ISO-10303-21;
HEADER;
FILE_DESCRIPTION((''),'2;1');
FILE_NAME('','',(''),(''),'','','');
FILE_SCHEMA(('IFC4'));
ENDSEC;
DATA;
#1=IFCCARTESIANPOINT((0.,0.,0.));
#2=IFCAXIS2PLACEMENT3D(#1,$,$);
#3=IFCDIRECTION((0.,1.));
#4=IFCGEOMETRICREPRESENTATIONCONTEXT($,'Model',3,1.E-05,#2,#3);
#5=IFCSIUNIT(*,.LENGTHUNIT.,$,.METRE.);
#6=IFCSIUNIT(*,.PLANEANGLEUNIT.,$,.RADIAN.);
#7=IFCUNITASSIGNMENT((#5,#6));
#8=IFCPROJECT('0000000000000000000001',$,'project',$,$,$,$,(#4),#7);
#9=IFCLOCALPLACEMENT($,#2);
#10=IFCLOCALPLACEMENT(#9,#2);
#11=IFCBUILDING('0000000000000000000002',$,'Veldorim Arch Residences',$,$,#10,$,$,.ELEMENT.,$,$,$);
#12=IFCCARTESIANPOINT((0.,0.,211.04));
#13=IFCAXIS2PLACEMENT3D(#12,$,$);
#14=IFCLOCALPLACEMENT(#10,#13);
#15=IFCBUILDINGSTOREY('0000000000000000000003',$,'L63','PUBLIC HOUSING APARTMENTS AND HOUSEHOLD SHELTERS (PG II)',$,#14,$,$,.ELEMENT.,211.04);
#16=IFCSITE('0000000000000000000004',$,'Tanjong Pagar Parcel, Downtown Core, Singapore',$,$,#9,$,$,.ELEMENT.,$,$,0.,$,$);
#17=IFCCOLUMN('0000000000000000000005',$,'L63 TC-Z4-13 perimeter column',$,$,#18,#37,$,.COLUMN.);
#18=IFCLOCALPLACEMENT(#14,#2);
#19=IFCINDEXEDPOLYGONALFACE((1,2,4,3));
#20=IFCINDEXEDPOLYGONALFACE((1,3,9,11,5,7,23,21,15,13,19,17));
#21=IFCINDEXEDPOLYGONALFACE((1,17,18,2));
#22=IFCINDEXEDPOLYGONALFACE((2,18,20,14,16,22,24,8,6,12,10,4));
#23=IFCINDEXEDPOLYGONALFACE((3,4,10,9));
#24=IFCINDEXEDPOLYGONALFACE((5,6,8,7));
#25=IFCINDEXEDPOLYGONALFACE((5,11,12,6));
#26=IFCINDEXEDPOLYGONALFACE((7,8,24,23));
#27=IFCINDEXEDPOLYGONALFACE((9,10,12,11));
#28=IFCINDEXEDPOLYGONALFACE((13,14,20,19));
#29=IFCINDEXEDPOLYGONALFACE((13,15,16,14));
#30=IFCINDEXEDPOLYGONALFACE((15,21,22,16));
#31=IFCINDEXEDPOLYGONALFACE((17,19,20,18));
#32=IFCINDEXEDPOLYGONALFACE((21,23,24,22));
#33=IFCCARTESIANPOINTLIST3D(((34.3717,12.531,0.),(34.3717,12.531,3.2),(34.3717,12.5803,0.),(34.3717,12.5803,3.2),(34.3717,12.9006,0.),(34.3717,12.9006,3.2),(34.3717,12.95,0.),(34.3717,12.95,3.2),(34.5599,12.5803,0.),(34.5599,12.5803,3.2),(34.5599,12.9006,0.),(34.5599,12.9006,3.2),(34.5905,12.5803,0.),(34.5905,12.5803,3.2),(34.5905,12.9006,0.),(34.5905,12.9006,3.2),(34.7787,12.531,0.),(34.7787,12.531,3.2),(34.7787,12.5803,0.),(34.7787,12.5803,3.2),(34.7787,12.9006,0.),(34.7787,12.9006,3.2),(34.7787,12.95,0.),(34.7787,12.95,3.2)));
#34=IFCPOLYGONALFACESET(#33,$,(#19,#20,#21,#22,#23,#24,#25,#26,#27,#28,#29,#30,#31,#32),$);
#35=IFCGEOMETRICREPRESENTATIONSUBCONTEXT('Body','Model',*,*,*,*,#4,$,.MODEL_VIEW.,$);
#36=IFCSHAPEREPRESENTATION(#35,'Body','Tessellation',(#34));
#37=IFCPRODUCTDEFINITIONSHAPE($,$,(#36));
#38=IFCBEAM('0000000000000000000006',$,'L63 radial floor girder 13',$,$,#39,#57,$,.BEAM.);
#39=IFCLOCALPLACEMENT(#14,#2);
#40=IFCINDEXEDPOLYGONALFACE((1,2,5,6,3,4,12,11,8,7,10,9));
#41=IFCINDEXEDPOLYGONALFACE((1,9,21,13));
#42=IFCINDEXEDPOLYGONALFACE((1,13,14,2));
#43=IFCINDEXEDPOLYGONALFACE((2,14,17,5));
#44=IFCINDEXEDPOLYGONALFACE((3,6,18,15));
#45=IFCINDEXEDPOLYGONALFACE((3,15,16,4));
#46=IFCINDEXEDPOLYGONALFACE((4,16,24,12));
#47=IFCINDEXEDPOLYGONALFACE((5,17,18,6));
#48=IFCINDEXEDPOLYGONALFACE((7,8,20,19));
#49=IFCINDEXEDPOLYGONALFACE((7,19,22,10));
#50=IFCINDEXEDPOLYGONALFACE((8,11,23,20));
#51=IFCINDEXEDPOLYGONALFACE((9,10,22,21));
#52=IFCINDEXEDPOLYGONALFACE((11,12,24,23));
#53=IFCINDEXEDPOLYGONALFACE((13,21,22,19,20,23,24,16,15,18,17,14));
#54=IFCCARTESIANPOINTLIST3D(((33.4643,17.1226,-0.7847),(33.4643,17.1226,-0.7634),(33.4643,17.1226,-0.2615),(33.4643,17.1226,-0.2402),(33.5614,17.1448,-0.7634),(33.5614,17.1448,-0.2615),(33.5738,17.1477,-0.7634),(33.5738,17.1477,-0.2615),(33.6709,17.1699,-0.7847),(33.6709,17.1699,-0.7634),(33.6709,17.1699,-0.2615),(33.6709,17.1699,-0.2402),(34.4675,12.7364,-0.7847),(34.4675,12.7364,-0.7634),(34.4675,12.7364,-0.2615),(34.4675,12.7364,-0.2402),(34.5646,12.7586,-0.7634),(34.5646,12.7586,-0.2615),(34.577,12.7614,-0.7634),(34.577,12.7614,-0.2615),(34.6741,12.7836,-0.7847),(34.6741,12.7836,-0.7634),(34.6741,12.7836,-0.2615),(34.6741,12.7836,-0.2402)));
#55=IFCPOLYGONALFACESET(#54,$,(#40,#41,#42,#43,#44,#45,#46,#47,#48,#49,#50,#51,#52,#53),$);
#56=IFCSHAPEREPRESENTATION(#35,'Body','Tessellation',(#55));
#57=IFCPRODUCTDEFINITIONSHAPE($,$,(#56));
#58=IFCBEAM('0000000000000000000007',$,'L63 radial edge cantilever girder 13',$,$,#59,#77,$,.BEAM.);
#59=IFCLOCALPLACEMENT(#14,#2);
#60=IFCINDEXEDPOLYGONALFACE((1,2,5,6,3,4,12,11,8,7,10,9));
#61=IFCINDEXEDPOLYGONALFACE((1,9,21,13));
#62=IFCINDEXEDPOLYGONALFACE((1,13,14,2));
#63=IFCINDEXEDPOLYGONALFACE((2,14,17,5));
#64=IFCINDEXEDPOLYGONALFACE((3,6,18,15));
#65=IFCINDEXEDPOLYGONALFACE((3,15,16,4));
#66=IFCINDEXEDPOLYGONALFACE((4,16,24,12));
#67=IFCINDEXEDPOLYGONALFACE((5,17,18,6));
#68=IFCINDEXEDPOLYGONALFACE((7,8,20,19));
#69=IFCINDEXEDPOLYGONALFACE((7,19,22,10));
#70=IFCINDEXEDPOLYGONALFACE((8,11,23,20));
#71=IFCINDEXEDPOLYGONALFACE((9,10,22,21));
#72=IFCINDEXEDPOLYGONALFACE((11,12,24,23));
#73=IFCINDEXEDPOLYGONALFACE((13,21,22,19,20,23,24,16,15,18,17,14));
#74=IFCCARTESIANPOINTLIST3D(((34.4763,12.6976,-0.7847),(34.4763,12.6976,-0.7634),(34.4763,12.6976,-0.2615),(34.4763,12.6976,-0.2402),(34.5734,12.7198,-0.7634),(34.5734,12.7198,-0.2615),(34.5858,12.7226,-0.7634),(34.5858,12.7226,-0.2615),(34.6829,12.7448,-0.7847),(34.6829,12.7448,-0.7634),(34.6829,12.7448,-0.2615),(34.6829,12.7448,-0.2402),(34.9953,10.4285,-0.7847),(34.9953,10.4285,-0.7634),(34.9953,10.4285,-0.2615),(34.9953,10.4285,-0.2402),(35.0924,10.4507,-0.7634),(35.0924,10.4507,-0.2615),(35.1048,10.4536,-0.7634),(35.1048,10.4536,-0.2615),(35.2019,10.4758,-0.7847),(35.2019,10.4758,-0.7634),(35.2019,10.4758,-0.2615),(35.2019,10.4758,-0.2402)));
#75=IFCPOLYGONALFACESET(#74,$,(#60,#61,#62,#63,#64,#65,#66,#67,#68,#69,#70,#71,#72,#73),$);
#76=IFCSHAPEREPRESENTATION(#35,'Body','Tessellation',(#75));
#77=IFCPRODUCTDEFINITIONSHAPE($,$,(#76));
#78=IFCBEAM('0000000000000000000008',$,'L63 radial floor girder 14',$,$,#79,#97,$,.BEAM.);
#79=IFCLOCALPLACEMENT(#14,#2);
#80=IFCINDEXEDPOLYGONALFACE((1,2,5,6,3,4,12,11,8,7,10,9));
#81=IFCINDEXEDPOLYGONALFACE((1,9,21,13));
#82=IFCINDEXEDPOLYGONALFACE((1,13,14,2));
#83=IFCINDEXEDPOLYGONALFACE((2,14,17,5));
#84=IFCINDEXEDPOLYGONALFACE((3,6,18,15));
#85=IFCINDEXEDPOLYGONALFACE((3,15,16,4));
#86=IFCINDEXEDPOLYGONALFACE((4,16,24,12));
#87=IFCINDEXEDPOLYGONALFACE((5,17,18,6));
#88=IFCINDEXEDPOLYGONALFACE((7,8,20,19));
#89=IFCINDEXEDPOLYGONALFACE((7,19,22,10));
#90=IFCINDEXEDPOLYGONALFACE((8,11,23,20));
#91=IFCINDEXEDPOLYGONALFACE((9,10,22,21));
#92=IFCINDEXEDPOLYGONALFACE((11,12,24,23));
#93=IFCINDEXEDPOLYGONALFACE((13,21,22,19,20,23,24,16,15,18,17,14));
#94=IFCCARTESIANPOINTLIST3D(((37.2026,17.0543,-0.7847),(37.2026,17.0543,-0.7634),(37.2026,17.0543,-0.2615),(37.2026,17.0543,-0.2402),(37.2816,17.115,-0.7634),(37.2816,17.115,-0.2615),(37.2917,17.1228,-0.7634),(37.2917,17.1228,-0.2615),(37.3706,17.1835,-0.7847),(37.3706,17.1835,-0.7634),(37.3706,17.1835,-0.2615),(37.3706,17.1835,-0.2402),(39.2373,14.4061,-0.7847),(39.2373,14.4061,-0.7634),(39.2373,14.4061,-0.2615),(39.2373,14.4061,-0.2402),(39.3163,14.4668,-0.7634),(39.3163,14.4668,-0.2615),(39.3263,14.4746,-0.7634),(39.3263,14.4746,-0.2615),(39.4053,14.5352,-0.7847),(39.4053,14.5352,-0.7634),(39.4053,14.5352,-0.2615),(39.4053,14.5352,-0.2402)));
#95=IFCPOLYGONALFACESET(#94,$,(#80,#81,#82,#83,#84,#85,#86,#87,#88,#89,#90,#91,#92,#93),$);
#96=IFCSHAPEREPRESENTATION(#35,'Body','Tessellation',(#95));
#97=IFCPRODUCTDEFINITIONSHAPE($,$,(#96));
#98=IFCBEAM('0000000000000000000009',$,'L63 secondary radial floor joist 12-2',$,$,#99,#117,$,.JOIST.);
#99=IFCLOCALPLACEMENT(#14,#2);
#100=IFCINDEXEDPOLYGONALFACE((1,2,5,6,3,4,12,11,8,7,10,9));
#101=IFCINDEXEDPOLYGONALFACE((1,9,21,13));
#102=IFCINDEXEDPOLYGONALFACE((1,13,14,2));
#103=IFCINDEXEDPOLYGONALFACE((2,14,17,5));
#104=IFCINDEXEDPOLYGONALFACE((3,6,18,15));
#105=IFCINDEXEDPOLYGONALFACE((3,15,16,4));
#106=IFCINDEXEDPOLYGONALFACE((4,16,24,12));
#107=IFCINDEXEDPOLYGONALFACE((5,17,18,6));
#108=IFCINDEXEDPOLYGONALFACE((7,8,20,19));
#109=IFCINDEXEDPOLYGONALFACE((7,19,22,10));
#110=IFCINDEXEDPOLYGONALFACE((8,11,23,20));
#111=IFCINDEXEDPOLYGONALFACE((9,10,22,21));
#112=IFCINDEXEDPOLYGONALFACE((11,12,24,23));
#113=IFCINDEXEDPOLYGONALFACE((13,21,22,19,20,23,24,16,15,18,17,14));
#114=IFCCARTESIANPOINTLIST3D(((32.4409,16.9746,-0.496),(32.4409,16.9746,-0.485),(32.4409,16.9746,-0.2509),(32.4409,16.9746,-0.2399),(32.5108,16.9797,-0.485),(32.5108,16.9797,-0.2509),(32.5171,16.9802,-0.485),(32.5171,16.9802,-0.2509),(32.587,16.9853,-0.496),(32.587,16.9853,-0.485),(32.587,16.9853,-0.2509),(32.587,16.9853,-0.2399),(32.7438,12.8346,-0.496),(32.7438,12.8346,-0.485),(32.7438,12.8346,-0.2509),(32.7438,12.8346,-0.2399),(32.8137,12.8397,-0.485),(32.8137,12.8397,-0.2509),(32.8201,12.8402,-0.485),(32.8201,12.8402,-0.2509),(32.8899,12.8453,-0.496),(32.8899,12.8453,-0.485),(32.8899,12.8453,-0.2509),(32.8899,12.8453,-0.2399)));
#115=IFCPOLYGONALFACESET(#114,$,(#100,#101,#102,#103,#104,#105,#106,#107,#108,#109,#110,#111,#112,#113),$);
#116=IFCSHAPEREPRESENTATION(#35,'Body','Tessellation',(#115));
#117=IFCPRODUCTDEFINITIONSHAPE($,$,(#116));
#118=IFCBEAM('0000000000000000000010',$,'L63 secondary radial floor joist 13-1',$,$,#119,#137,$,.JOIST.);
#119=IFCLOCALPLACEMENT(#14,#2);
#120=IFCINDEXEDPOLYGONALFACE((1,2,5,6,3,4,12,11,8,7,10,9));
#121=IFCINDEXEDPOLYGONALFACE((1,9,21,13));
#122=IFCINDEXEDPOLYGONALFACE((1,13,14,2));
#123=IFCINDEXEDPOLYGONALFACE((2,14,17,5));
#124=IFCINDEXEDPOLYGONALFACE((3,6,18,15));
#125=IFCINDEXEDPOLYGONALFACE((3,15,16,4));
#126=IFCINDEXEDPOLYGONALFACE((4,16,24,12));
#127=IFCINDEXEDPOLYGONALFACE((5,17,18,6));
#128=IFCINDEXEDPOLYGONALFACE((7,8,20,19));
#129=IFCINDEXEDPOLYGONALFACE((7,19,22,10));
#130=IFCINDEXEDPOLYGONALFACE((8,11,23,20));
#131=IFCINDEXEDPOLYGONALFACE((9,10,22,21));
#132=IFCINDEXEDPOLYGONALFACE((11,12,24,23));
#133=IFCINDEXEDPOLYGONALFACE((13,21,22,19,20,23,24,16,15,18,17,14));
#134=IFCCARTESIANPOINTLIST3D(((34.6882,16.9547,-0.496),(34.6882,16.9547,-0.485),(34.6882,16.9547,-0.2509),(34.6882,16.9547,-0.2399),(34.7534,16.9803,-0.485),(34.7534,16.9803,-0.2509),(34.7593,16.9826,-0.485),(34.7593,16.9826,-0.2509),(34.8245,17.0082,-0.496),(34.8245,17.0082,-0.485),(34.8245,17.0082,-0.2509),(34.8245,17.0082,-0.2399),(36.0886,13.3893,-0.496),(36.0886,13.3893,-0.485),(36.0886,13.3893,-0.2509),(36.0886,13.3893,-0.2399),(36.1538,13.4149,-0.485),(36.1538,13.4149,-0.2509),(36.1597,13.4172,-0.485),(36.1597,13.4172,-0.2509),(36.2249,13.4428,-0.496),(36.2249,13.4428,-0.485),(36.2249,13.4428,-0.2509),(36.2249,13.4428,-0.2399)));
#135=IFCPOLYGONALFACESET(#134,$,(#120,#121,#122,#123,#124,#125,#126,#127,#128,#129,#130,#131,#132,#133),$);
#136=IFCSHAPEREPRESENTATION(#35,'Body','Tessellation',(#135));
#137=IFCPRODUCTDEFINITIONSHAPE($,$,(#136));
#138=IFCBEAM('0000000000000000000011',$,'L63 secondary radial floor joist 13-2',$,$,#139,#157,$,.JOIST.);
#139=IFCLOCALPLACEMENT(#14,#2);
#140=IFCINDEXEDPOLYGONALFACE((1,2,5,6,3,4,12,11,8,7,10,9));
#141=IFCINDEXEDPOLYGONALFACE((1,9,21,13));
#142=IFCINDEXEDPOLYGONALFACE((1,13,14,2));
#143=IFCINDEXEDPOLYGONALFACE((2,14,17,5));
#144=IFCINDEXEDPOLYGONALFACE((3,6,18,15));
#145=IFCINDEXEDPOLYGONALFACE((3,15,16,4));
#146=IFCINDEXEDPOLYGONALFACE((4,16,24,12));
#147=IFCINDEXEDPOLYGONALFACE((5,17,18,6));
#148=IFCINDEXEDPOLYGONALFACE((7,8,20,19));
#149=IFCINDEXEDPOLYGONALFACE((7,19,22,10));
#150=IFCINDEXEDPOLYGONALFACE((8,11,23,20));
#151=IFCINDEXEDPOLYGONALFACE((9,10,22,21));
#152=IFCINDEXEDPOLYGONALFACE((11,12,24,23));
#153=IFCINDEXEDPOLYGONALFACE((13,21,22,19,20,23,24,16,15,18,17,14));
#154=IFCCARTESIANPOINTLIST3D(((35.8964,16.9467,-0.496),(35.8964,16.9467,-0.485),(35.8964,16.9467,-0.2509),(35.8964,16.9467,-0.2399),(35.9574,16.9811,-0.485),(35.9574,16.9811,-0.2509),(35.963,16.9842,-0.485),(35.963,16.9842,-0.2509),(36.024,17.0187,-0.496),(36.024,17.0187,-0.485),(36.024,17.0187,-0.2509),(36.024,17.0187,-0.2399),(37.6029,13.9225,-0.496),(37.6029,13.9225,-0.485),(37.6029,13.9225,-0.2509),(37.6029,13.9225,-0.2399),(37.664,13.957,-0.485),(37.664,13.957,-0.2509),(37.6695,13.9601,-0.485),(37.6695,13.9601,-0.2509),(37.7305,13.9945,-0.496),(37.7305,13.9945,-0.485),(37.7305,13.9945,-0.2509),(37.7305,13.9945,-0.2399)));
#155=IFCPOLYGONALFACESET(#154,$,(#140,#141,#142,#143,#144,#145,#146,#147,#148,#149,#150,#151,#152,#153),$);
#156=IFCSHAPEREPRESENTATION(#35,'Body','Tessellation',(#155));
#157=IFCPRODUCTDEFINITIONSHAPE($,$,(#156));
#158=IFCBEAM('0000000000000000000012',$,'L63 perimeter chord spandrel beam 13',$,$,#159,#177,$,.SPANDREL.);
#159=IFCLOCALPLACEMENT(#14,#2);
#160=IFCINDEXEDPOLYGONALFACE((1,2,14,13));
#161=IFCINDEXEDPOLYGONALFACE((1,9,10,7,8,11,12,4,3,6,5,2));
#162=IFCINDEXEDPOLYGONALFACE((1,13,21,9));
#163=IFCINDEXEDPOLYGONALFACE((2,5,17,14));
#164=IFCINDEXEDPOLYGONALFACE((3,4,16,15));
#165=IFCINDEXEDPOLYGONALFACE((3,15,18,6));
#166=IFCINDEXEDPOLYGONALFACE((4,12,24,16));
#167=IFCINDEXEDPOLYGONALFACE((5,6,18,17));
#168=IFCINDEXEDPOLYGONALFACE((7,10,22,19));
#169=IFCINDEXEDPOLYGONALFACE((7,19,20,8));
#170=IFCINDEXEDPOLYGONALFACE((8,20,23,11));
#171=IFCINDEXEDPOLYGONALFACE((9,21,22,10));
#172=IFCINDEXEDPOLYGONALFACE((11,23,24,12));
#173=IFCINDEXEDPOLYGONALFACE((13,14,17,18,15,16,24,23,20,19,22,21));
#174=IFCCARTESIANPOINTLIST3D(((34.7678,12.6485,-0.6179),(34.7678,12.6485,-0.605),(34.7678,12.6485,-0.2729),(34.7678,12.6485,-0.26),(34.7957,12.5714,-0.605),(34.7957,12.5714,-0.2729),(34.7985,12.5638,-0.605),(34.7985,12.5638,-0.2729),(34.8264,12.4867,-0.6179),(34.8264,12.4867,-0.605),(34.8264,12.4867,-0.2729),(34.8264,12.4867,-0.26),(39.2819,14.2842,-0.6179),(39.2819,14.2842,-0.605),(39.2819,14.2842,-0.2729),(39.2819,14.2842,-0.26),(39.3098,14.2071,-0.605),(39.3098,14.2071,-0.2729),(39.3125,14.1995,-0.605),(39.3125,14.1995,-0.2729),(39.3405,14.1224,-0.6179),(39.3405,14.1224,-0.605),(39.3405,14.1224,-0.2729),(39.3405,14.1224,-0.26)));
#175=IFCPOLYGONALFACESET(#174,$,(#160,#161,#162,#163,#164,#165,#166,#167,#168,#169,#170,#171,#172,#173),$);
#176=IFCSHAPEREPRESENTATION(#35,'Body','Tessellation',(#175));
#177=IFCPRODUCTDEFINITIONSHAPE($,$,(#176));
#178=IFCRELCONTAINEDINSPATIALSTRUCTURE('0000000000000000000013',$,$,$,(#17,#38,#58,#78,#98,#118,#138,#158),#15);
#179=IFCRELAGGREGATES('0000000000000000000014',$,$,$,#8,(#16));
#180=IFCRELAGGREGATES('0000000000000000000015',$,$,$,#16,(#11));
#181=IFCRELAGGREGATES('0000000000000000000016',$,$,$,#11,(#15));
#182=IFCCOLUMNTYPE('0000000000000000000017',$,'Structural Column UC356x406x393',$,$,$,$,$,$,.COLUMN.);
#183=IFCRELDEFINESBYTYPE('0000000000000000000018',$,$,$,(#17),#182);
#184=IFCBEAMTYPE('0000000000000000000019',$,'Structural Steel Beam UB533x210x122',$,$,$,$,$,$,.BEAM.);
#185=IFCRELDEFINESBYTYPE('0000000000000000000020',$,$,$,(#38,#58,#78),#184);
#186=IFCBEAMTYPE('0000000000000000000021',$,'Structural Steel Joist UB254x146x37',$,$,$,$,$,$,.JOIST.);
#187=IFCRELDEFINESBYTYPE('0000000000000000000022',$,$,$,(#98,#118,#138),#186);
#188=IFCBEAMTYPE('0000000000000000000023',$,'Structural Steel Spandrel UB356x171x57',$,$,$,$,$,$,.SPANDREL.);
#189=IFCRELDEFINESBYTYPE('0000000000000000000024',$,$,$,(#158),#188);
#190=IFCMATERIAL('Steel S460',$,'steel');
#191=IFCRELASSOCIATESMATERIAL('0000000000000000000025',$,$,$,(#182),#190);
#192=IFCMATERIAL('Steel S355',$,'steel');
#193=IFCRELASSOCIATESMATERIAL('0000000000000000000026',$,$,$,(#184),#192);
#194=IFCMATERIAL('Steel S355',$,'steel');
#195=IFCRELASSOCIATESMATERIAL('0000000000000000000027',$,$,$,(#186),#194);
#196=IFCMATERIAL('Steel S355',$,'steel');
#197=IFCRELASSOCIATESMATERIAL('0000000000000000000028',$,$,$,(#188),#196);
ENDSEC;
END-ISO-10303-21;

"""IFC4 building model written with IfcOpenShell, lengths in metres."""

from ifc_helpers import new_model, si_unit, direction, frame, origin, origin_2d, place, context, subcontext, project, spatial, i_section, extrude, material, material_profile, profile_set, type_object, element, save


model = new_model("IFC4")

# Units and contexts
model_context = context("Model", 3, precision=1e-05, world=origin(), true_north=direction((0.0, 1.0)))
body_context = subcontext(model_context, "Body", "Model", "MODEL_VIEW")
ifc_project = project(units=[si_unit("LENGTHUNIT", "METRE"), si_unit("PLANEANGLEUNIT", "RADIAN")], contexts=[model_context])

# Site, building, storey
site_placement = place(None, origin())
site = spatial("IfcSite", under=ifc_project, at=site_placement, Name="Tanjong Pagar Parcel, Downtown Core, Singapore", CompositionType="ELEMENT", RefElevation=0.0)
building_placement = place(site_placement, origin())
building = spatial("IfcBuilding", under=site, at=building_placement, Name="Veldorim Arch Residences", CompositionType="ELEMENT")
storey_placement = place(building_placement, frame((0.0, 0.0, 211.04)))
storey = spatial("IfcBuildingStorey", under=building, at=storey_placement, Name="L63", Description="PUBLIC HOUSING APARTMENTS AND HOUSEHOLD SHELTERS (PG II)", CompositionType="ELEMENT", Elevation=211.04)

# Column
ifc_material_1 = material(Name="Steel S460", Category="steel")
ifc_material_profile_1 = material_profile(ifc_material_1, i_section(OverallWidth=0.407, OverallDepth=0.4189, WebThickness=0.0305, FlangeThickness=0.0493, at=origin_2d()), Name="UC356x406x393")
ifc_profile_set_1 = profile_set([ifc_material_profile_1], Name="Steel S460")
column_type = type_object("IfcColumnType", Name="Structural Column UC356x406x393", PredefinedType="COLUMN", material=ifc_profile_set_1)
column_placement = place(storey_placement, frame((34.5752, 12.7405, 0.0), z_axis=(0.0, 0.0, 1.0), x_axis=(1.0, 0.0, 0.0)))
element("IfcColumn", 1, at=column_placement, inside=storey, type_object=column_type, Name="L63 TC-Z4-13 perimeter column", PredefinedType="COLUMN", context=body_context, shape_type="SweptSolid", body=[
    extrude(i_section(OverallWidth=0.407, OverallDepth=0.4189, WebThickness=0.0305, FlangeThickness=0.0493, at=origin_2d()), origin(), (0.0, 0.0, 1.0), 3.2),
])

# Beams
ifc_material_2 = material(Name="Steel S355", Category="steel")
ifc_material_profile_2 = material_profile(ifc_material_2, i_section(OverallWidth=0.2119, OverallDepth=0.5444, WebThickness=0.0127, FlangeThickness=0.0212, at=origin_2d()), Name="UB533x210x122")
ifc_profile_set_2 = profile_set([ifc_material_profile_2], Name="Steel S355")
beam_type_1 = type_object("IfcBeamType", Name="Structural Steel Beam UB533x210x122", PredefinedType="BEAM", material=ifc_profile_set_2)
beam_1_placement = place(storey_placement, frame((33.5676, 17.1462, -0.5125), z_axis=(0.222953, -0.974829, 0.0), x_axis=(0.974829, 0.222953, 0.0)))
element("IfcBeam", 2, at=beam_1_placement, inside=storey, type_object=beam_type_1, Name="L63 radial floor girder 13", PredefinedType="BEAM", context=body_context, shape_type="SweptSolid", body=[
    extrude(i_section(OverallWidth=0.2119, OverallDepth=0.5444, WebThickness=0.0127, FlangeThickness=0.0212, at=origin_2d()), origin(), (0.0, 0.0, 1.0), 4.4995),
])
beam_2_placement = place(storey_placement, frame((34.5796, 12.7212, -0.5125), z_axis=(0.22299, -0.974821, 0.0), x_axis=(0.974821, 0.22299, 0.0)))
element("IfcBeam", 3, at=beam_2_placement, inside=storey, type_object=beam_type_1, Name="L63 radial edge cantilever girder 13", PredefinedType="BEAM", context=body_context, shape_type="SweptSolid", body=[
    extrude(i_section(OverallWidth=0.2119, OverallDepth=0.5444, WebThickness=0.0127, FlangeThickness=0.0212, at=origin_2d()), origin(), (0.0, 0.0, 1.0), 2.3276),
])
beam_3_placement = place(storey_placement, frame((37.2866, 17.1189, -0.5125), z_axis=(0.609258, -0.792972, 0.0), x_axis=(0.792972, 0.609258, 0.0)))
element("IfcBeam", 4, at=beam_3_placement, inside=storey, type_object=beam_type_1, Name="L63 radial floor girder 14", PredefinedType="BEAM", context=body_context, shape_type="SweptSolid", body=[
    extrude(i_section(OverallWidth=0.2119, OverallDepth=0.5444, WebThickness=0.0127, FlangeThickness=0.0212, at=origin_2d()), origin(), (0.0, 0.0, 1.0), 3.3396),
])
ifc_material_3 = material(Name="Steel S355", Category="steel")
ifc_material_profile_3 = material_profile(ifc_material_3, i_section(OverallWidth=0.1465, OverallDepth=0.2561, WebThickness=0.0063, FlangeThickness=0.011, at=origin_2d()), Name="UB254x146x37")
ifc_profile_set_3 = profile_set([ifc_material_profile_3], Name="Steel S355")
beam_type_2 = type_object("IfcBeamType", Name="Structural Steel Joist UB254x146x37", PredefinedType="JOIST", material=ifc_profile_set_3)
beam_4_placement = place(storey_placement, frame((32.5139, 16.98, -0.3679), z_axis=(0.072986, -0.997333, 0.0), x_axis=(0.997333, 0.072986, 0.0)))
element("IfcBeam", 5, at=beam_4_placement, inside=storey, type_object=beam_type_2, Name="L63 secondary radial floor joist 12-2", PredefinedType="JOIST", context=body_context, shape_type="SweptSolid", body=[
    extrude(i_section(OverallWidth=0.1465, OverallDepth=0.2561, WebThickness=0.0063, FlangeThickness=0.011, at=origin_2d()), origin(), (0.0, 0.0, 1.0), 4.1511),
])
beam_5_placement = place(storey_placement, frame((34.7563, 16.9814, -0.3679), z_axis=(0.365581, -0.930779, 0.0), x_axis=(0.930779, 0.365581, 0.0)))
element("IfcBeam", 6, at=beam_5_placement, inside=storey, type_object=beam_type_2, Name="L63 secondary radial floor joist 13-1", PredefinedType="JOIST", context=body_context, shape_type="SweptSolid", body=[
    extrude(i_section(OverallWidth=0.1465, OverallDepth=0.2561, WebThickness=0.0063, FlangeThickness=0.011, at=origin_2d()), origin(), (0.0, 0.0, 1.0), 3.8306),
])
beam_6_placement = place(storey_placement, frame((35.9602, 16.9827, -0.3679), z_axis=(0.491452, -0.870904, 0.0), x_axis=(0.870904, 0.491452, 0.0)))
element("IfcBeam", 7, at=beam_6_placement, inside=storey, type_object=beam_type_2, Name="L63 secondary radial floor joist 13-2", PredefinedType="JOIST", context=body_context, shape_type="SweptSolid", body=[
    extrude(i_section(OverallWidth=0.1465, OverallDepth=0.2561, WebThickness=0.0063, FlangeThickness=0.011, at=origin_2d()), origin(), (0.0, 0.0, 1.0), 3.4724),
])
ifc_material_4 = material(Name="Steel S355", Category="steel")
ifc_material_profile_4 = material_profile(ifc_material_4, i_section(OverallWidth=0.1721, OverallDepth=0.3579, WebThickness=0.0081, FlangeThickness=0.0129, at=origin_2d()), Name="UB356x171x57")
ifc_profile_set_4 = profile_set([ifc_material_profile_4], Name="Steel S355")
beam_type_3 = type_object("IfcBeamType", Name="Structural Steel Spandrel UB356x171x57", PredefinedType="SPANDREL", material=ifc_profile_set_4)
beam_7_placement = place(storey_placement, frame((34.7971, 12.5676, -0.439), z_axis=(0.940179, 0.340681, 0.0), x_axis=(-0.340681, 0.940179, 0.0)))
element("IfcBeam", 8, at=beam_7_placement, inside=storey, type_object=beam_type_3, Name="L63 perimeter chord spandrel beam 13", PredefinedType="SPANDREL", context=body_context, shape_type="SweptSolid", body=[
    extrude(i_section(OverallWidth=0.1721, OverallDepth=0.3579, WebThickness=0.0081, FlangeThickness=0.0129, at=origin_2d()), origin(), (0.0, 0.0, 1.0), 4.8013),
])

save(model, "model.ifc")
